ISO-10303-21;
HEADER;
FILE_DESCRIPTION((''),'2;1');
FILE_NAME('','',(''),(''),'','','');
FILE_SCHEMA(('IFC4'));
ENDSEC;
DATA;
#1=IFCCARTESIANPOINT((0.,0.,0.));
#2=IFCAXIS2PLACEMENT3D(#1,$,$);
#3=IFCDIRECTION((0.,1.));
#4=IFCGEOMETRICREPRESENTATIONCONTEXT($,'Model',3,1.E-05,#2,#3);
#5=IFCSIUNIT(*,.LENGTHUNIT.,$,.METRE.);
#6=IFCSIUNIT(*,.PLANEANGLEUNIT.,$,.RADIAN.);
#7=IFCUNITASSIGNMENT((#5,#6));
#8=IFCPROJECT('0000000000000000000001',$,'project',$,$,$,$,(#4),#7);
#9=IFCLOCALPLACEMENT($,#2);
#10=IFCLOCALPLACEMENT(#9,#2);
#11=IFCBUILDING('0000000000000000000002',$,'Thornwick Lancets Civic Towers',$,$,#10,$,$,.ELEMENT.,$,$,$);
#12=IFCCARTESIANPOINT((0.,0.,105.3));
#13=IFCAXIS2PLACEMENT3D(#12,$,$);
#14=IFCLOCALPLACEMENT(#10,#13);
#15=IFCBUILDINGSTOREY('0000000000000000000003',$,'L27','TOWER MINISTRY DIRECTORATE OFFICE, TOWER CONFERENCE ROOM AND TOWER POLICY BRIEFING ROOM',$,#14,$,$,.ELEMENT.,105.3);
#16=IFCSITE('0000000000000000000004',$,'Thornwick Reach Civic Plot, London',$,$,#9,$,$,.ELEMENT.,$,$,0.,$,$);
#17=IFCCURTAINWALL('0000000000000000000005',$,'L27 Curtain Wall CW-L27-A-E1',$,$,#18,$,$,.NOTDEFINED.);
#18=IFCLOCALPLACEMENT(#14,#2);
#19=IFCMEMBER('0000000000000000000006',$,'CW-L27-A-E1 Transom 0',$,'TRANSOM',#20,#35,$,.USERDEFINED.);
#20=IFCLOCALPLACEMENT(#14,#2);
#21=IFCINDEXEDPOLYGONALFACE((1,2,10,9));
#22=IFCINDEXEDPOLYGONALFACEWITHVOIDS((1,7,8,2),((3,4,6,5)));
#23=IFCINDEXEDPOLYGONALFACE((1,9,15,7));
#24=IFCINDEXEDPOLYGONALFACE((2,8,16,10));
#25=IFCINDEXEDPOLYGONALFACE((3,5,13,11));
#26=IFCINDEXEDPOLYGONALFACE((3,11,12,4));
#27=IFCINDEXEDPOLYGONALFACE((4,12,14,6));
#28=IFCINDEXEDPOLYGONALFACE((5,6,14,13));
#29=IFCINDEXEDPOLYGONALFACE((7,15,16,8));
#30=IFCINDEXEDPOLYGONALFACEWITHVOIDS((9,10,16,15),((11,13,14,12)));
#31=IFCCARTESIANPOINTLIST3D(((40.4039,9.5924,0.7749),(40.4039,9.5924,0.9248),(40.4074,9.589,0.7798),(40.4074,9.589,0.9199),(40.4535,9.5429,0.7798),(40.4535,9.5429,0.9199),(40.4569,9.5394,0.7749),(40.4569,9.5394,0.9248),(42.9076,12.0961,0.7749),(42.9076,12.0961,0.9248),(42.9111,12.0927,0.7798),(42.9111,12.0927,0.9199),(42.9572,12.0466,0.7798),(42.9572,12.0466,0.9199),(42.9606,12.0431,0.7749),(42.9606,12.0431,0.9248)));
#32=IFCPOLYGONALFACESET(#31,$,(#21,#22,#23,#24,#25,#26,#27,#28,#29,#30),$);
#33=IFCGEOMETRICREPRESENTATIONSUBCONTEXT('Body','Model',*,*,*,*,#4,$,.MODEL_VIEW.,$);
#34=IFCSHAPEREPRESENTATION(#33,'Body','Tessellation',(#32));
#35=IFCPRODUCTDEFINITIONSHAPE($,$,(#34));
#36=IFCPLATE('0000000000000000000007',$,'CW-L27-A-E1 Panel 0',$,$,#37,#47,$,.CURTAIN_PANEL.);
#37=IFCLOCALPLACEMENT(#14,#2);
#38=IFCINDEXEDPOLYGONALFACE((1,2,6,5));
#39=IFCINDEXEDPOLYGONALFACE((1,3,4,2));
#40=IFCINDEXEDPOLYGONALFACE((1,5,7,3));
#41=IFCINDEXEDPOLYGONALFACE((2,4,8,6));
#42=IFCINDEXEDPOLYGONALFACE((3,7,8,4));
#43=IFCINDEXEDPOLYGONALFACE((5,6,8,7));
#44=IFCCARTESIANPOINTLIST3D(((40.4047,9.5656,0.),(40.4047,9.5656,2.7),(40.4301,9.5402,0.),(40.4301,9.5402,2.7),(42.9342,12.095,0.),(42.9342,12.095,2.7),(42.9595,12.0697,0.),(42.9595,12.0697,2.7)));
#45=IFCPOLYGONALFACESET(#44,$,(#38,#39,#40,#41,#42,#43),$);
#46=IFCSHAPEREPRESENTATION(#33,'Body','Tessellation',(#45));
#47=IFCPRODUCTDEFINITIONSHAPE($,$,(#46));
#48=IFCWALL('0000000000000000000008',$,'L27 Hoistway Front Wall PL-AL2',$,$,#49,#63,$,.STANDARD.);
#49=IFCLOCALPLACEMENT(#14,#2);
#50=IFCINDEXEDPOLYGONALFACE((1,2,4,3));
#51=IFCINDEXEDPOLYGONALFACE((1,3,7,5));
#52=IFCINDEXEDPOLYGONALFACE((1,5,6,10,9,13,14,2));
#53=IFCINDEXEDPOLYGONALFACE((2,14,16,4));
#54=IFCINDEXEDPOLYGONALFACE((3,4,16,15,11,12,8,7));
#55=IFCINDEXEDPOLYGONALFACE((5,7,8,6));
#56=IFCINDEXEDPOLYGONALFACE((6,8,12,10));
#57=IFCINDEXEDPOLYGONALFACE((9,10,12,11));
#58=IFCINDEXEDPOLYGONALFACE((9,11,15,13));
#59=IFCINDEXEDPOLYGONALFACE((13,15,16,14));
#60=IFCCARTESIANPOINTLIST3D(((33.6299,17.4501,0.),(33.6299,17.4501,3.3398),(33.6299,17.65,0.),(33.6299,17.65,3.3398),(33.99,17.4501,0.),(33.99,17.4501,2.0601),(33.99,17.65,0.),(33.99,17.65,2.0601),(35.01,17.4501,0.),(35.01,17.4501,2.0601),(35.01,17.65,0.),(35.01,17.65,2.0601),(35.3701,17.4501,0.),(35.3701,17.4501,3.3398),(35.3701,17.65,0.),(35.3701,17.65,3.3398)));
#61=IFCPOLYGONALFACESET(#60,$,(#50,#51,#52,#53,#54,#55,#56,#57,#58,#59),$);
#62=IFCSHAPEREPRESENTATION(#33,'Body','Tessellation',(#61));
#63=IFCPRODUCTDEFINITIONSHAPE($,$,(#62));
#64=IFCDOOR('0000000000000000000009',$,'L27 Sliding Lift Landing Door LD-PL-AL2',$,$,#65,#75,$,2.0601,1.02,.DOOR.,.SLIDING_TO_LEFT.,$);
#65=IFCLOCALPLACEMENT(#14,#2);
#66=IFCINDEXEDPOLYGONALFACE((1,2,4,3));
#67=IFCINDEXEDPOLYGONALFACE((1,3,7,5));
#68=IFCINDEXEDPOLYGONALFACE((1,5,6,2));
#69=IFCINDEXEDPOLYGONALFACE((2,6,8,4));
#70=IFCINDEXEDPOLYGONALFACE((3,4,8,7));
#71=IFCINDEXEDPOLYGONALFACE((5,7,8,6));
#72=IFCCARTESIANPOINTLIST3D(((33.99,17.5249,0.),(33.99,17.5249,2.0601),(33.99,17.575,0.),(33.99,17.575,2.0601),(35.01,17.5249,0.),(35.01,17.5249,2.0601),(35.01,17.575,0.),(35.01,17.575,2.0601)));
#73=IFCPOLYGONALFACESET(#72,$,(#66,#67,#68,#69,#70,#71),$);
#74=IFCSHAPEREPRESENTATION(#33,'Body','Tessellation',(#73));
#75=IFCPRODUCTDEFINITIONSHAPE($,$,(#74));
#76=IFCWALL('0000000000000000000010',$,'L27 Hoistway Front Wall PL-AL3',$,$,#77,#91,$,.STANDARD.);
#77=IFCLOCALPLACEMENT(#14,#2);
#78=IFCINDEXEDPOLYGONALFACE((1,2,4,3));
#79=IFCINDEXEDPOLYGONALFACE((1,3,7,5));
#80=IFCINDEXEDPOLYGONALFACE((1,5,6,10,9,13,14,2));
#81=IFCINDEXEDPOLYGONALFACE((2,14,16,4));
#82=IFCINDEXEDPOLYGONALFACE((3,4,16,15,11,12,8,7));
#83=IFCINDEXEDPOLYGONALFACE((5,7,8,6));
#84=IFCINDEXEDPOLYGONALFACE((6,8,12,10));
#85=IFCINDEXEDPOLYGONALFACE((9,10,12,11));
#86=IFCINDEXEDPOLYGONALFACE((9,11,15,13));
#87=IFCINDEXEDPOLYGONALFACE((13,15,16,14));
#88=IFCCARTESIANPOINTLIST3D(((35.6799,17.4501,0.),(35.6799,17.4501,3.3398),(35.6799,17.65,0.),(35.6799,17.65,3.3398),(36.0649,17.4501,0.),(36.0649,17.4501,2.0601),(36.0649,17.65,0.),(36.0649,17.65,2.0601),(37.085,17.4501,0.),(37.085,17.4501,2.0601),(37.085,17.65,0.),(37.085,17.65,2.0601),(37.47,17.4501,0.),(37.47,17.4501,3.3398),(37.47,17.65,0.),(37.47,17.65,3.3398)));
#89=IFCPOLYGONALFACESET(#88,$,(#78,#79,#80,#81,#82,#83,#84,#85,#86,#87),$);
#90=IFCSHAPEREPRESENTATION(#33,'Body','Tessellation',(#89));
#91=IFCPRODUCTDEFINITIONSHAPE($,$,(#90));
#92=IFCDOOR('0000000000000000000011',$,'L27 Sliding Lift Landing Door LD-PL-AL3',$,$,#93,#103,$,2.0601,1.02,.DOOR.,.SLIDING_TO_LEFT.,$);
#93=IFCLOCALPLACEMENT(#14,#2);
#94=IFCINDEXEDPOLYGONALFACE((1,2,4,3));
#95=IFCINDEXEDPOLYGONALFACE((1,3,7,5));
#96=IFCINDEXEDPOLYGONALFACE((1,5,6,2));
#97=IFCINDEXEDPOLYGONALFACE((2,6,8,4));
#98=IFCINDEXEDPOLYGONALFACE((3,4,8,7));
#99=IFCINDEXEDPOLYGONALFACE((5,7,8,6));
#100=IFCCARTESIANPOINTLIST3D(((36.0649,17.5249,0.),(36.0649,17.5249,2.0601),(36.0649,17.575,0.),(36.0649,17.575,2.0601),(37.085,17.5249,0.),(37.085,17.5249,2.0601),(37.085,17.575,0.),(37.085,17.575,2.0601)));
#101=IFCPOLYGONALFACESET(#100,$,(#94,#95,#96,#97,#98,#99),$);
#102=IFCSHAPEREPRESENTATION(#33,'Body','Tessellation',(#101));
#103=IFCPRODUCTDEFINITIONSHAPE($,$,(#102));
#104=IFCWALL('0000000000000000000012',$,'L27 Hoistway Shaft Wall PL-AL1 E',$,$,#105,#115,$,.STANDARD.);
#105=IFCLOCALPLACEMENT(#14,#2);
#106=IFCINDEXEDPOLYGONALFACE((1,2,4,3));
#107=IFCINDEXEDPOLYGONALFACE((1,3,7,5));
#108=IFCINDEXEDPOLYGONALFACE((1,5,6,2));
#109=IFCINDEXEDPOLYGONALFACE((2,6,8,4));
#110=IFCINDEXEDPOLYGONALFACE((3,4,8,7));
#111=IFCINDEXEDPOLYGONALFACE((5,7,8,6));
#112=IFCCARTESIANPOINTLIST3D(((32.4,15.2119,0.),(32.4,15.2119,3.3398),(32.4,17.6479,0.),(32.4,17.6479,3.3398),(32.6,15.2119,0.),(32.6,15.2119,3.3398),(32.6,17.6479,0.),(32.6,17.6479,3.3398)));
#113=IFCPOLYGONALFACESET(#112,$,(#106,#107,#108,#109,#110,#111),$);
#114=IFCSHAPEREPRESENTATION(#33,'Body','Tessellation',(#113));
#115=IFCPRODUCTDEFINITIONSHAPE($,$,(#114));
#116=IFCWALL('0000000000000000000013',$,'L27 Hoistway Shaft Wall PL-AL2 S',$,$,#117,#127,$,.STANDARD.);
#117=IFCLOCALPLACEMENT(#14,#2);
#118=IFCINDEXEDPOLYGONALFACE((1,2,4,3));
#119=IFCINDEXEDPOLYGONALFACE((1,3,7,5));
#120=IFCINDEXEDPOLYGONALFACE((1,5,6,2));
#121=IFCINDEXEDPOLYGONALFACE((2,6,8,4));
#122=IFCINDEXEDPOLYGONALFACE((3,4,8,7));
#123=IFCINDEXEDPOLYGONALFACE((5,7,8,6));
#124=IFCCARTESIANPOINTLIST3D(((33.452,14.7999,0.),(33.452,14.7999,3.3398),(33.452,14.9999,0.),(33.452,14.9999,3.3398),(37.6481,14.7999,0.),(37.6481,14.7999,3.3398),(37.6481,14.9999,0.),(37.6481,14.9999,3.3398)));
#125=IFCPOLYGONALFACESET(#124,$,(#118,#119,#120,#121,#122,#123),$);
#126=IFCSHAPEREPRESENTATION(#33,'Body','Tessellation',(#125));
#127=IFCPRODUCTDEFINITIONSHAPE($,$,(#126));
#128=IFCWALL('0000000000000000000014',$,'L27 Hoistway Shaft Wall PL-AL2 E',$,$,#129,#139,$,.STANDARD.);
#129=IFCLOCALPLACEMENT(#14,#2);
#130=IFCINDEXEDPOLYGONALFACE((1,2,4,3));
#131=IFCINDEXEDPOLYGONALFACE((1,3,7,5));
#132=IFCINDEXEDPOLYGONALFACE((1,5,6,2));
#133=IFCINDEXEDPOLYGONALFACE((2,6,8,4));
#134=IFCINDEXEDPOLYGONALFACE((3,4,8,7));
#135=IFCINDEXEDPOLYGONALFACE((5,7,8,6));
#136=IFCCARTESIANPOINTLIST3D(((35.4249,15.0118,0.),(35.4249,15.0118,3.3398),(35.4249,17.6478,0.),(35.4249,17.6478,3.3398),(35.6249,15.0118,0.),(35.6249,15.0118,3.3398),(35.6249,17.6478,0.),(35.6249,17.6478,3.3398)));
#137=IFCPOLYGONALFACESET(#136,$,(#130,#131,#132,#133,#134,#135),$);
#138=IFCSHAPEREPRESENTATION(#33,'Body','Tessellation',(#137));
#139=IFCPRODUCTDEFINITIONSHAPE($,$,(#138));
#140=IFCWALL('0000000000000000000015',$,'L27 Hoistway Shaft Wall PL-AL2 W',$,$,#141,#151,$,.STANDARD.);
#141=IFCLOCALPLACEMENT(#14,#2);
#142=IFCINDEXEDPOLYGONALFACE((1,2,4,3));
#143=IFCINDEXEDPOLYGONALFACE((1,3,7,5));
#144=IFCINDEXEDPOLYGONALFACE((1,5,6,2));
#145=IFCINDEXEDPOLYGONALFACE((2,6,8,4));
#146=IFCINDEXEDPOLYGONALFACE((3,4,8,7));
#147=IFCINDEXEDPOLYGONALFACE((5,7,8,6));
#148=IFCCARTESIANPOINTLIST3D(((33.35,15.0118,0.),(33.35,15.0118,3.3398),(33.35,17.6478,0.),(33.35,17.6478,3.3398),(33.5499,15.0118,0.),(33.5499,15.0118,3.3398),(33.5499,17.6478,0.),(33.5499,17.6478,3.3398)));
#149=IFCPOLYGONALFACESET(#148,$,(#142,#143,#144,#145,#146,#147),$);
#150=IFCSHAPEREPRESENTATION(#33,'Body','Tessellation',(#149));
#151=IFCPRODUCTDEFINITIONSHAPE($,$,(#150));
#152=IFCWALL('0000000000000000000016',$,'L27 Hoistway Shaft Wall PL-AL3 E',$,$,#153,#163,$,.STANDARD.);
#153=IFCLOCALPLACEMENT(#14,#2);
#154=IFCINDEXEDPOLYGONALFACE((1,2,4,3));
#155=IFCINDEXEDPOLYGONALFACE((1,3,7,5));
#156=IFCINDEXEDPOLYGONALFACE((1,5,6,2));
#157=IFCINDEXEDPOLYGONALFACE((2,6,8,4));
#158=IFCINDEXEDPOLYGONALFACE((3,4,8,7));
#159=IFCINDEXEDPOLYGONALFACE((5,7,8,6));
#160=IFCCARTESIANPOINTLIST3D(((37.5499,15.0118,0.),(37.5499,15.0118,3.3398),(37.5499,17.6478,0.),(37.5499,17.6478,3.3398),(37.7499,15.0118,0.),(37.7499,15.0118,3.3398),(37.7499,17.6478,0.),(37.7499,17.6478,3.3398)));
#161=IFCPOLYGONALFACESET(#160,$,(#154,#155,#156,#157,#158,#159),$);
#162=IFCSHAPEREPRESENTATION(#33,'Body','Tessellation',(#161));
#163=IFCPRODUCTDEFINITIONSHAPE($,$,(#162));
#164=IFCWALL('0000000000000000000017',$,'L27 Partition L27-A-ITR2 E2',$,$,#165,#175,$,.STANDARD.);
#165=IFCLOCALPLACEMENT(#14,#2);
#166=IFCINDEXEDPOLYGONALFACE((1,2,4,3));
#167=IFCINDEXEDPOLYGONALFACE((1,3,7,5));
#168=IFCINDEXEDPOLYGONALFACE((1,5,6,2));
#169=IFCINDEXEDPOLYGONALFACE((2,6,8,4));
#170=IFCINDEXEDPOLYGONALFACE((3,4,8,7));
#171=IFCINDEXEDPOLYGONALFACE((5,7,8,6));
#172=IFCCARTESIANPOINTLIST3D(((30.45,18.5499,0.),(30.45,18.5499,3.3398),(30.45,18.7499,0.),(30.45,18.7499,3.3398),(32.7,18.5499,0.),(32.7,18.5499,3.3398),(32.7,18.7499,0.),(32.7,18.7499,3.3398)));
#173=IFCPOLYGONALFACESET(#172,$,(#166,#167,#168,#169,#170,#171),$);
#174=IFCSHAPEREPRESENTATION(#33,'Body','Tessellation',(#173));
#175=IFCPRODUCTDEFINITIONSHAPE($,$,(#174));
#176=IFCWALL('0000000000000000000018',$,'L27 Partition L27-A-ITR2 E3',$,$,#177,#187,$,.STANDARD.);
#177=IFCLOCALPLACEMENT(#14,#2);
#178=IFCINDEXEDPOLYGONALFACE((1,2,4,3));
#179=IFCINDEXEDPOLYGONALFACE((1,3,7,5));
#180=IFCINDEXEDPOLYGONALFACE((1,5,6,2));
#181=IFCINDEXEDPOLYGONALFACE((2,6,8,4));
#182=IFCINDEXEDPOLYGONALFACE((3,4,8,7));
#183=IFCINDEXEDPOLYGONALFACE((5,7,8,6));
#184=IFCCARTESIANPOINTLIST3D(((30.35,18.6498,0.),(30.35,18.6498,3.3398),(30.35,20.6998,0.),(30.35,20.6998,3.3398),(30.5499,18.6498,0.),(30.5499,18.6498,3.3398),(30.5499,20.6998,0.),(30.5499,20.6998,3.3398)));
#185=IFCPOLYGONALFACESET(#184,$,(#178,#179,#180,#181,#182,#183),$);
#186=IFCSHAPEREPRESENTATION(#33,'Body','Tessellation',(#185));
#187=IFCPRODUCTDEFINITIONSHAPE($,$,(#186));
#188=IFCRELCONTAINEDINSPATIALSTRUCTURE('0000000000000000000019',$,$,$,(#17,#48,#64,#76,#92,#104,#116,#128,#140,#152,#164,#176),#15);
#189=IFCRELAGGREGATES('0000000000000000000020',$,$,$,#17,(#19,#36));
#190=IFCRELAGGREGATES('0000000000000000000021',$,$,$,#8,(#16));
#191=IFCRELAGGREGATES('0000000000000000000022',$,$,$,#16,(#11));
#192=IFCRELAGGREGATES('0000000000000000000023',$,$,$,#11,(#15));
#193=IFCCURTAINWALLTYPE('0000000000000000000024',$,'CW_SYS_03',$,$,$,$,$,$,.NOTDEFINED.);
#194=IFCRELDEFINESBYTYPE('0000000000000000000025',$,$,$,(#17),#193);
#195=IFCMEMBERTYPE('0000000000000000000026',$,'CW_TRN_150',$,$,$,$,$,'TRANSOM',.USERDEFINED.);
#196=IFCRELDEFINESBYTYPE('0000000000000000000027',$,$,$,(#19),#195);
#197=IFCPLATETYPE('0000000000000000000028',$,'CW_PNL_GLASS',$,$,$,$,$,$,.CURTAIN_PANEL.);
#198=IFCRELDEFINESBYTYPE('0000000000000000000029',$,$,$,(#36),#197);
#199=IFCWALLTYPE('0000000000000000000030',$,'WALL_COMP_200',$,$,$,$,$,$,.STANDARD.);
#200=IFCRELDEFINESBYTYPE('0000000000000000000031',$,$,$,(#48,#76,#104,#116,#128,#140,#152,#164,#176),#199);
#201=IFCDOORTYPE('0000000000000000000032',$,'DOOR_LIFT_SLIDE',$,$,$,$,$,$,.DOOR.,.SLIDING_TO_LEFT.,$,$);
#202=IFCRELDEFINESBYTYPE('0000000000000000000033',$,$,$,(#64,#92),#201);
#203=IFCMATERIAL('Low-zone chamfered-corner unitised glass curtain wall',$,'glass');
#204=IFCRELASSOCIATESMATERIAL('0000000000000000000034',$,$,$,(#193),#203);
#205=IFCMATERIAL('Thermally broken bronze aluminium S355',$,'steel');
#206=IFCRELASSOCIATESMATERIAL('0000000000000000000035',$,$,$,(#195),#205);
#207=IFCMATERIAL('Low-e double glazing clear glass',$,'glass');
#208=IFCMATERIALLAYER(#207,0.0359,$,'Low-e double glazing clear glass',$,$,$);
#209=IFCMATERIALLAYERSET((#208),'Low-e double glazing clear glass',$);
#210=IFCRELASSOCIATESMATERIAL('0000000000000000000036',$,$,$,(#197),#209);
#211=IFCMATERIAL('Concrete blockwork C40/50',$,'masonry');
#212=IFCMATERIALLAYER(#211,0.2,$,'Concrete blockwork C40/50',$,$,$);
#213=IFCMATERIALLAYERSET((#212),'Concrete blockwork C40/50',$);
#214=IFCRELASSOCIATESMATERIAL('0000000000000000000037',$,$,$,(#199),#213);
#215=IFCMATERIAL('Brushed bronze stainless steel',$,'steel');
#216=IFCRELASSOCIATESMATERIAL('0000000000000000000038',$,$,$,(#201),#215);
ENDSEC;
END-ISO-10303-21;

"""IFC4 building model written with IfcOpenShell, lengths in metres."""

from ifc_helpers import new_model, si_unit, direction, frame, frame_2d, origin, origin_2d, place, context, subcontext, project, spatial, rectangle, hollow_rectangle, extrude, material, layer, layer_set, material_profile, profile_set, type_object, element, fill, aggregate, save


model = new_model("IFC4")

# Units and contexts
model_context = context("Model", 3, precision=1e-05, world=origin(), true_north=direction((0.0, 1.0)))
body_context = subcontext(model_context, "Body", "Model", "MODEL_VIEW")
ifc_project = project(units=[si_unit("LENGTHUNIT", "METRE"), si_unit("PLANEANGLEUNIT", "RADIAN")], contexts=[model_context])

# Site, building, storey
site_placement = place(None, origin())
site = spatial("IfcSite", under=ifc_project, at=site_placement, Name="Thornwick Reach Civic Plot, London", CompositionType="ELEMENT", RefElevation=0.0)
building_placement = place(site_placement, origin())
building = spatial("IfcBuilding", under=site, at=building_placement, Name="Thornwick Lancets Civic Towers", CompositionType="ELEMENT")
storey_placement = place(building_placement, frame((0.0, 0.0, 105.3)))
storey = spatial("IfcBuildingStorey", under=building, at=storey_placement, Name="L27", Description="TOWER MINISTRY DIRECTORATE OFFICE, TOWER CONFERENCE ROOM AND TOWER POLICY BRIEFING ROOM", CompositionType="ELEMENT", Elevation=105.3)

# Curtain wall, member, plate
ifc_material_1 = material(Name="Low-zone chamfered-corner unitised glass curtain wall", Category="glass")
curtain_wall_type = type_object("IfcCurtainWallType", Name="CW_SYS_03", PredefinedType="NOTDEFINED", material=ifc_material_1)
curtain_wall_placement = place(storey_placement, origin())
curtain_wall = element("IfcCurtainWall", 1, at=curtain_wall_placement, inside=storey, type_object=curtain_wall_type, Name="L27 Curtain Wall CW-L27-A-E1", PredefinedType="NOTDEFINED")
ifc_material_2 = material(Name="Thermally broken bronze aluminium S355", Category="steel")
ifc_material_profile_1 = material_profile(ifc_material_2, hollow_rectangle(XDim=0.075, YDim=0.1499, WallThickness=0.0049, at=origin_2d()), Name="RHS 150x75x5")
ifc_profile_set_1 = profile_set([ifc_material_profile_1], Name="Thermally broken bronze aluminium S355")
member_type_1 = type_object("IfcMemberType", Name="CW_TRN_150", ElementType="TRANSOM", PredefinedType="USERDEFINED", material=ifc_profile_set_1)
member_1_placement = place(storey_placement, frame((40.4304, 9.5659, 0.8499), z_axis=(0.707107, 0.707107, 0.0), x_axis=(-0.707107, 0.707107, 0.0)))
member_1 = element("IfcMember", 2, at=member_1_placement, type_object=member_type_1, Name="CW-L27-A-E1 Transom 0", ObjectType="TRANSOM", PredefinedType="USERDEFINED", context=body_context, shape_type="SweptSolid", body=[
    extrude(hollow_rectangle(XDim=0.075, YDim=0.1499, WallThickness=0.0049, at=origin_2d()), origin(), (0.0, 0.0, 1.0), 3.5408),
])
ifc_material_3 = material(Name="Low-e double glazing clear glass", Category="glass")
ifc_layer_1 = layer(ifc_material_3, 0.0359, Name="Low-e double glazing clear glass")
ifc_layer_set_1 = layer_set([ifc_layer_1], Name="Low-e double glazing clear glass")
plate_type = type_object("IfcPlateType", Name="CW_PNL_GLASS", PredefinedType="CURTAIN_PANEL", material=ifc_layer_set_1)
plate_placement = place(storey_placement, frame((41.6821, 10.8176, 0.0), z_axis=(0.0, 0.0, 1.0), x_axis=(0.707107, 0.707107, 0.0)))
plate = element("IfcPlate", 3, at=plate_placement, type_object=plate_type, Name="CW-L27-A-E1 Panel 0", PredefinedType="CURTAIN_PANEL", context=body_context, shape_type="SweptSolid", body=[
    extrude(rectangle(XDim=3.5771, YDim=0.0359, at=origin_2d()), origin(), (0.0, 0.0, 1.0), 2.7),
])
aggregate(curtain_wall, [member_1, plate])

# Walls, openings, doors
ifc_material_4 = material(Name="Concrete blockwork C40/50", Category="masonry")
ifc_layer_2 = layer(ifc_material_4, 0.2, Name="Concrete blockwork C40/50")
ifc_layer_set_2 = layer_set([ifc_layer_2], Name="Concrete blockwork C40/50")
wall_type_1 = type_object("IfcWallType", Name="WALL_COMP_200", PredefinedType="STANDARD", material=ifc_layer_set_2)
wall_1_placement = place(storey_placement, frame((33.6299, 17.55, 0.0), z_axis=(0.0, 0.0, 1.0), x_axis=(1.0, 0.0, 0.0)))
wall_1 = element("IfcWall", 4, at=wall_1_placement, inside=storey, type_object=wall_type_1, Name="L27 Hoistway Front Wall PL-AL2", PredefinedType="STANDARD", context=body_context, shape_type="SweptSolid", body=[
    extrude(rectangle(XDim=1.7402, YDim=0.2, at=frame_2d((0.8701, 0.0))), origin(), (0.0, 0.0, 1.0), 3.3398),
])
opening_1_placement = place(wall_1_placement, frame((0.3601, 0.0, 0.0)))
opening_1 = element("IfcOpeningElement", 5, at=opening_1_placement, cuts=wall_1, PredefinedType="OPENING", context=body_context, shape_type="SweptSolid", body=[
    extrude(rectangle(XDim=1.02, YDim=2.0601, at=frame_2d((0.51, 1.03))), frame((0.0, 0.1099, 0.0), z_axis=(0.0, -1.0, 0.0), x_axis=(1.0, 0.0, 0.0)), (0.0, 0.0, 1.0), 0.22),
])
ifc_material_5 = material(Name="Brushed bronze stainless steel", Category="steel")
door_type_1 = type_object("IfcDoorType", Name="DOOR_LIFT_SLIDE", OperationType="SLIDING_TO_LEFT", PredefinedType="DOOR", material=ifc_material_5)
door_1_placement = place(opening_1_placement, origin())
door_1 = element("IfcDoor", 6, at=door_1_placement, inside=storey, type_object=door_type_1, Name="L27 Sliding Lift Landing Door LD-PL-AL2", OperationType="SLIDING_TO_LEFT", OverallHeight=2.0601, OverallWidth=1.02, PredefinedType="DOOR", context=body_context, shape_type="SweptSolid", body=[
    extrude(rectangle(XDim=1.02, YDim=2.0601, at=frame_2d((0.51, 1.03))), frame((0.0, 0.0249, 0.0), z_axis=(0.0, -1.0, 0.0), x_axis=(1.0, 0.0, 0.0)), (0.0, 0.0, 1.0), 0.05),
])
fill(opening_1, door_1)
wall_2_placement = place(storey_placement, frame((35.6799, 17.55, 0.0), z_axis=(0.0, 0.0, 1.0), x_axis=(1.0, 0.0, 0.0)))
wall_2 = element("IfcWall", 7, at=wall_2_placement, inside=storey, type_object=wall_type_1, Name="L27 Hoistway Front Wall PL-AL3", PredefinedType="STANDARD", context=body_context, shape_type="SweptSolid", body=[
    extrude(rectangle(XDim=1.79, YDim=0.2, at=frame_2d((0.895, 0.0))), origin(), (0.0, 0.0, 1.0), 3.3398),
])
opening_2_placement = place(wall_2_placement, frame((0.385, 0.0, 0.0)))
opening_2 = element("IfcOpeningElement", 8, at=opening_2_placement, cuts=wall_2, PredefinedType="OPENING", context=body_context, shape_type="SweptSolid", body=[
    extrude(rectangle(XDim=1.02, YDim=2.0601, at=frame_2d((0.51, 1.03))), frame((0.0, 0.1099, 0.0), z_axis=(0.0, -1.0, 0.0), x_axis=(1.0, 0.0, 0.0)), (0.0, 0.0, 1.0), 0.22),
])
door_2_placement = place(opening_2_placement, origin())
door_2 = element("IfcDoor", 9, at=door_2_placement, inside=storey, type_object=door_type_1, Name="L27 Sliding Lift Landing Door LD-PL-AL3", OperationType="SLIDING_TO_LEFT", OverallHeight=2.0601, OverallWidth=1.02, PredefinedType="DOOR", context=body_context, shape_type="SweptSolid", body=[
    extrude(rectangle(XDim=1.02, YDim=2.0601, at=frame_2d((0.51, 1.03))), frame((0.0, 0.0249, 0.0), z_axis=(0.0, -1.0, 0.0), x_axis=(1.0, 0.0, 0.0)), (0.0, 0.0, 1.0), 0.05),
])
fill(opening_2, door_2)

# Walls
wall_3_placement = place(storey_placement, frame((32.5, 15.2119, 0.0), z_axis=(0.0, 0.0, 1.0), x_axis=(0.0, 1.0, 0.0)))
element("IfcWall", 10, at=wall_3_placement, inside=storey, type_object=wall_type_1, Name="L27 Hoistway Shaft Wall PL-AL1 E", PredefinedType="STANDARD", context=body_context, shape_type="SweptSolid", body=[
    extrude(rectangle(XDim=2.436, YDim=0.2, at=frame_2d((1.218, 0.0))), origin(), (0.0, 0.0, 1.0), 3.3398),
])
wall_4_placement = place(storey_placement, frame((33.4519, 14.8999, 0.0), z_axis=(0.0, 0.0, 1.0), x_axis=(1.0, 0.0, 0.0)))
element("IfcWall", 11, at=wall_4_placement, inside=storey, type_object=wall_type_1, Name="L27 Hoistway Shaft Wall PL-AL2 S", PredefinedType="STANDARD", context=body_context, shape_type="SweptSolid", body=[
    extrude(rectangle(XDim=4.196, YDim=0.2, at=frame_2d((2.0981, 0.0))), origin(), (0.0, 0.0, 1.0), 3.3398),
])
for number, where, z_axis, x_axis, name in (
    (12, (35.5249, 15.012, 0.0), (0.0, 0.0, 1.0), (0.0, 1.0, 0.0), "L27 Hoistway Shaft Wall PL-AL2 E"),
    (13, (33.45, 15.012, 0.0), (0.0, 0.0, 1.0), (0.0, 1.0, 0.0), "L27 Hoistway Shaft Wall PL-AL2 W"),
    (14, (37.6499, 15.012, 0.0), (0.0, 0.0, 1.0), (0.0, 1.0, 0.0), "L27 Hoistway Shaft Wall PL-AL3 E"),
):
    element("IfcWall", number, at=place(storey_placement, frame(where, z_axis=z_axis, x_axis=x_axis)), inside=storey, type_object=wall_type_1, Name=name, PredefinedType="STANDARD", context=body_context, shape_type="SweptSolid", body=[
        extrude(rectangle(XDim=2.636, YDim=0.2, at=frame_2d((1.3179, 0.0))), origin(), (0.0, 0.0, 1.0), 3.3398),
    ])
wall_5_placement = place(storey_placement, frame((32.7, 18.6499, 0.0), z_axis=(0.0, 0.0, 1.0), x_axis=(-1.0, 0.0, 0.0)))
element("IfcWall", 15, at=wall_5_placement, inside=storey, type_object=wall_type_1, Name="L27 Partition L27-A-ITR2 E2", PredefinedType="STANDARD", context=body_context, shape_type="SweptSolid", body=[
    extrude(rectangle(XDim=2.25, YDim=0.2, at=frame_2d((1.125, 0.0))), origin(), (0.0, 0.0, 1.0), 3.3398),
])
wall_6_placement = place(storey_placement, frame((30.45, 18.6499, 0.0), z_axis=(0.0, 0.0, 1.0), x_axis=(0.0, 1.0, 0.0)))
element("IfcWall", 16, at=wall_6_placement, inside=storey, type_object=wall_type_1, Name="L27 Partition L27-A-ITR2 E3", PredefinedType="STANDARD", context=body_context, shape_type="SweptSolid", body=[
    extrude(rectangle(XDim=2.05, YDim=0.2, at=frame_2d((1.0249, 0.0))), origin(), (0.0, 0.0, 1.0), 3.3398),
])

save(model, "model.ifc")
